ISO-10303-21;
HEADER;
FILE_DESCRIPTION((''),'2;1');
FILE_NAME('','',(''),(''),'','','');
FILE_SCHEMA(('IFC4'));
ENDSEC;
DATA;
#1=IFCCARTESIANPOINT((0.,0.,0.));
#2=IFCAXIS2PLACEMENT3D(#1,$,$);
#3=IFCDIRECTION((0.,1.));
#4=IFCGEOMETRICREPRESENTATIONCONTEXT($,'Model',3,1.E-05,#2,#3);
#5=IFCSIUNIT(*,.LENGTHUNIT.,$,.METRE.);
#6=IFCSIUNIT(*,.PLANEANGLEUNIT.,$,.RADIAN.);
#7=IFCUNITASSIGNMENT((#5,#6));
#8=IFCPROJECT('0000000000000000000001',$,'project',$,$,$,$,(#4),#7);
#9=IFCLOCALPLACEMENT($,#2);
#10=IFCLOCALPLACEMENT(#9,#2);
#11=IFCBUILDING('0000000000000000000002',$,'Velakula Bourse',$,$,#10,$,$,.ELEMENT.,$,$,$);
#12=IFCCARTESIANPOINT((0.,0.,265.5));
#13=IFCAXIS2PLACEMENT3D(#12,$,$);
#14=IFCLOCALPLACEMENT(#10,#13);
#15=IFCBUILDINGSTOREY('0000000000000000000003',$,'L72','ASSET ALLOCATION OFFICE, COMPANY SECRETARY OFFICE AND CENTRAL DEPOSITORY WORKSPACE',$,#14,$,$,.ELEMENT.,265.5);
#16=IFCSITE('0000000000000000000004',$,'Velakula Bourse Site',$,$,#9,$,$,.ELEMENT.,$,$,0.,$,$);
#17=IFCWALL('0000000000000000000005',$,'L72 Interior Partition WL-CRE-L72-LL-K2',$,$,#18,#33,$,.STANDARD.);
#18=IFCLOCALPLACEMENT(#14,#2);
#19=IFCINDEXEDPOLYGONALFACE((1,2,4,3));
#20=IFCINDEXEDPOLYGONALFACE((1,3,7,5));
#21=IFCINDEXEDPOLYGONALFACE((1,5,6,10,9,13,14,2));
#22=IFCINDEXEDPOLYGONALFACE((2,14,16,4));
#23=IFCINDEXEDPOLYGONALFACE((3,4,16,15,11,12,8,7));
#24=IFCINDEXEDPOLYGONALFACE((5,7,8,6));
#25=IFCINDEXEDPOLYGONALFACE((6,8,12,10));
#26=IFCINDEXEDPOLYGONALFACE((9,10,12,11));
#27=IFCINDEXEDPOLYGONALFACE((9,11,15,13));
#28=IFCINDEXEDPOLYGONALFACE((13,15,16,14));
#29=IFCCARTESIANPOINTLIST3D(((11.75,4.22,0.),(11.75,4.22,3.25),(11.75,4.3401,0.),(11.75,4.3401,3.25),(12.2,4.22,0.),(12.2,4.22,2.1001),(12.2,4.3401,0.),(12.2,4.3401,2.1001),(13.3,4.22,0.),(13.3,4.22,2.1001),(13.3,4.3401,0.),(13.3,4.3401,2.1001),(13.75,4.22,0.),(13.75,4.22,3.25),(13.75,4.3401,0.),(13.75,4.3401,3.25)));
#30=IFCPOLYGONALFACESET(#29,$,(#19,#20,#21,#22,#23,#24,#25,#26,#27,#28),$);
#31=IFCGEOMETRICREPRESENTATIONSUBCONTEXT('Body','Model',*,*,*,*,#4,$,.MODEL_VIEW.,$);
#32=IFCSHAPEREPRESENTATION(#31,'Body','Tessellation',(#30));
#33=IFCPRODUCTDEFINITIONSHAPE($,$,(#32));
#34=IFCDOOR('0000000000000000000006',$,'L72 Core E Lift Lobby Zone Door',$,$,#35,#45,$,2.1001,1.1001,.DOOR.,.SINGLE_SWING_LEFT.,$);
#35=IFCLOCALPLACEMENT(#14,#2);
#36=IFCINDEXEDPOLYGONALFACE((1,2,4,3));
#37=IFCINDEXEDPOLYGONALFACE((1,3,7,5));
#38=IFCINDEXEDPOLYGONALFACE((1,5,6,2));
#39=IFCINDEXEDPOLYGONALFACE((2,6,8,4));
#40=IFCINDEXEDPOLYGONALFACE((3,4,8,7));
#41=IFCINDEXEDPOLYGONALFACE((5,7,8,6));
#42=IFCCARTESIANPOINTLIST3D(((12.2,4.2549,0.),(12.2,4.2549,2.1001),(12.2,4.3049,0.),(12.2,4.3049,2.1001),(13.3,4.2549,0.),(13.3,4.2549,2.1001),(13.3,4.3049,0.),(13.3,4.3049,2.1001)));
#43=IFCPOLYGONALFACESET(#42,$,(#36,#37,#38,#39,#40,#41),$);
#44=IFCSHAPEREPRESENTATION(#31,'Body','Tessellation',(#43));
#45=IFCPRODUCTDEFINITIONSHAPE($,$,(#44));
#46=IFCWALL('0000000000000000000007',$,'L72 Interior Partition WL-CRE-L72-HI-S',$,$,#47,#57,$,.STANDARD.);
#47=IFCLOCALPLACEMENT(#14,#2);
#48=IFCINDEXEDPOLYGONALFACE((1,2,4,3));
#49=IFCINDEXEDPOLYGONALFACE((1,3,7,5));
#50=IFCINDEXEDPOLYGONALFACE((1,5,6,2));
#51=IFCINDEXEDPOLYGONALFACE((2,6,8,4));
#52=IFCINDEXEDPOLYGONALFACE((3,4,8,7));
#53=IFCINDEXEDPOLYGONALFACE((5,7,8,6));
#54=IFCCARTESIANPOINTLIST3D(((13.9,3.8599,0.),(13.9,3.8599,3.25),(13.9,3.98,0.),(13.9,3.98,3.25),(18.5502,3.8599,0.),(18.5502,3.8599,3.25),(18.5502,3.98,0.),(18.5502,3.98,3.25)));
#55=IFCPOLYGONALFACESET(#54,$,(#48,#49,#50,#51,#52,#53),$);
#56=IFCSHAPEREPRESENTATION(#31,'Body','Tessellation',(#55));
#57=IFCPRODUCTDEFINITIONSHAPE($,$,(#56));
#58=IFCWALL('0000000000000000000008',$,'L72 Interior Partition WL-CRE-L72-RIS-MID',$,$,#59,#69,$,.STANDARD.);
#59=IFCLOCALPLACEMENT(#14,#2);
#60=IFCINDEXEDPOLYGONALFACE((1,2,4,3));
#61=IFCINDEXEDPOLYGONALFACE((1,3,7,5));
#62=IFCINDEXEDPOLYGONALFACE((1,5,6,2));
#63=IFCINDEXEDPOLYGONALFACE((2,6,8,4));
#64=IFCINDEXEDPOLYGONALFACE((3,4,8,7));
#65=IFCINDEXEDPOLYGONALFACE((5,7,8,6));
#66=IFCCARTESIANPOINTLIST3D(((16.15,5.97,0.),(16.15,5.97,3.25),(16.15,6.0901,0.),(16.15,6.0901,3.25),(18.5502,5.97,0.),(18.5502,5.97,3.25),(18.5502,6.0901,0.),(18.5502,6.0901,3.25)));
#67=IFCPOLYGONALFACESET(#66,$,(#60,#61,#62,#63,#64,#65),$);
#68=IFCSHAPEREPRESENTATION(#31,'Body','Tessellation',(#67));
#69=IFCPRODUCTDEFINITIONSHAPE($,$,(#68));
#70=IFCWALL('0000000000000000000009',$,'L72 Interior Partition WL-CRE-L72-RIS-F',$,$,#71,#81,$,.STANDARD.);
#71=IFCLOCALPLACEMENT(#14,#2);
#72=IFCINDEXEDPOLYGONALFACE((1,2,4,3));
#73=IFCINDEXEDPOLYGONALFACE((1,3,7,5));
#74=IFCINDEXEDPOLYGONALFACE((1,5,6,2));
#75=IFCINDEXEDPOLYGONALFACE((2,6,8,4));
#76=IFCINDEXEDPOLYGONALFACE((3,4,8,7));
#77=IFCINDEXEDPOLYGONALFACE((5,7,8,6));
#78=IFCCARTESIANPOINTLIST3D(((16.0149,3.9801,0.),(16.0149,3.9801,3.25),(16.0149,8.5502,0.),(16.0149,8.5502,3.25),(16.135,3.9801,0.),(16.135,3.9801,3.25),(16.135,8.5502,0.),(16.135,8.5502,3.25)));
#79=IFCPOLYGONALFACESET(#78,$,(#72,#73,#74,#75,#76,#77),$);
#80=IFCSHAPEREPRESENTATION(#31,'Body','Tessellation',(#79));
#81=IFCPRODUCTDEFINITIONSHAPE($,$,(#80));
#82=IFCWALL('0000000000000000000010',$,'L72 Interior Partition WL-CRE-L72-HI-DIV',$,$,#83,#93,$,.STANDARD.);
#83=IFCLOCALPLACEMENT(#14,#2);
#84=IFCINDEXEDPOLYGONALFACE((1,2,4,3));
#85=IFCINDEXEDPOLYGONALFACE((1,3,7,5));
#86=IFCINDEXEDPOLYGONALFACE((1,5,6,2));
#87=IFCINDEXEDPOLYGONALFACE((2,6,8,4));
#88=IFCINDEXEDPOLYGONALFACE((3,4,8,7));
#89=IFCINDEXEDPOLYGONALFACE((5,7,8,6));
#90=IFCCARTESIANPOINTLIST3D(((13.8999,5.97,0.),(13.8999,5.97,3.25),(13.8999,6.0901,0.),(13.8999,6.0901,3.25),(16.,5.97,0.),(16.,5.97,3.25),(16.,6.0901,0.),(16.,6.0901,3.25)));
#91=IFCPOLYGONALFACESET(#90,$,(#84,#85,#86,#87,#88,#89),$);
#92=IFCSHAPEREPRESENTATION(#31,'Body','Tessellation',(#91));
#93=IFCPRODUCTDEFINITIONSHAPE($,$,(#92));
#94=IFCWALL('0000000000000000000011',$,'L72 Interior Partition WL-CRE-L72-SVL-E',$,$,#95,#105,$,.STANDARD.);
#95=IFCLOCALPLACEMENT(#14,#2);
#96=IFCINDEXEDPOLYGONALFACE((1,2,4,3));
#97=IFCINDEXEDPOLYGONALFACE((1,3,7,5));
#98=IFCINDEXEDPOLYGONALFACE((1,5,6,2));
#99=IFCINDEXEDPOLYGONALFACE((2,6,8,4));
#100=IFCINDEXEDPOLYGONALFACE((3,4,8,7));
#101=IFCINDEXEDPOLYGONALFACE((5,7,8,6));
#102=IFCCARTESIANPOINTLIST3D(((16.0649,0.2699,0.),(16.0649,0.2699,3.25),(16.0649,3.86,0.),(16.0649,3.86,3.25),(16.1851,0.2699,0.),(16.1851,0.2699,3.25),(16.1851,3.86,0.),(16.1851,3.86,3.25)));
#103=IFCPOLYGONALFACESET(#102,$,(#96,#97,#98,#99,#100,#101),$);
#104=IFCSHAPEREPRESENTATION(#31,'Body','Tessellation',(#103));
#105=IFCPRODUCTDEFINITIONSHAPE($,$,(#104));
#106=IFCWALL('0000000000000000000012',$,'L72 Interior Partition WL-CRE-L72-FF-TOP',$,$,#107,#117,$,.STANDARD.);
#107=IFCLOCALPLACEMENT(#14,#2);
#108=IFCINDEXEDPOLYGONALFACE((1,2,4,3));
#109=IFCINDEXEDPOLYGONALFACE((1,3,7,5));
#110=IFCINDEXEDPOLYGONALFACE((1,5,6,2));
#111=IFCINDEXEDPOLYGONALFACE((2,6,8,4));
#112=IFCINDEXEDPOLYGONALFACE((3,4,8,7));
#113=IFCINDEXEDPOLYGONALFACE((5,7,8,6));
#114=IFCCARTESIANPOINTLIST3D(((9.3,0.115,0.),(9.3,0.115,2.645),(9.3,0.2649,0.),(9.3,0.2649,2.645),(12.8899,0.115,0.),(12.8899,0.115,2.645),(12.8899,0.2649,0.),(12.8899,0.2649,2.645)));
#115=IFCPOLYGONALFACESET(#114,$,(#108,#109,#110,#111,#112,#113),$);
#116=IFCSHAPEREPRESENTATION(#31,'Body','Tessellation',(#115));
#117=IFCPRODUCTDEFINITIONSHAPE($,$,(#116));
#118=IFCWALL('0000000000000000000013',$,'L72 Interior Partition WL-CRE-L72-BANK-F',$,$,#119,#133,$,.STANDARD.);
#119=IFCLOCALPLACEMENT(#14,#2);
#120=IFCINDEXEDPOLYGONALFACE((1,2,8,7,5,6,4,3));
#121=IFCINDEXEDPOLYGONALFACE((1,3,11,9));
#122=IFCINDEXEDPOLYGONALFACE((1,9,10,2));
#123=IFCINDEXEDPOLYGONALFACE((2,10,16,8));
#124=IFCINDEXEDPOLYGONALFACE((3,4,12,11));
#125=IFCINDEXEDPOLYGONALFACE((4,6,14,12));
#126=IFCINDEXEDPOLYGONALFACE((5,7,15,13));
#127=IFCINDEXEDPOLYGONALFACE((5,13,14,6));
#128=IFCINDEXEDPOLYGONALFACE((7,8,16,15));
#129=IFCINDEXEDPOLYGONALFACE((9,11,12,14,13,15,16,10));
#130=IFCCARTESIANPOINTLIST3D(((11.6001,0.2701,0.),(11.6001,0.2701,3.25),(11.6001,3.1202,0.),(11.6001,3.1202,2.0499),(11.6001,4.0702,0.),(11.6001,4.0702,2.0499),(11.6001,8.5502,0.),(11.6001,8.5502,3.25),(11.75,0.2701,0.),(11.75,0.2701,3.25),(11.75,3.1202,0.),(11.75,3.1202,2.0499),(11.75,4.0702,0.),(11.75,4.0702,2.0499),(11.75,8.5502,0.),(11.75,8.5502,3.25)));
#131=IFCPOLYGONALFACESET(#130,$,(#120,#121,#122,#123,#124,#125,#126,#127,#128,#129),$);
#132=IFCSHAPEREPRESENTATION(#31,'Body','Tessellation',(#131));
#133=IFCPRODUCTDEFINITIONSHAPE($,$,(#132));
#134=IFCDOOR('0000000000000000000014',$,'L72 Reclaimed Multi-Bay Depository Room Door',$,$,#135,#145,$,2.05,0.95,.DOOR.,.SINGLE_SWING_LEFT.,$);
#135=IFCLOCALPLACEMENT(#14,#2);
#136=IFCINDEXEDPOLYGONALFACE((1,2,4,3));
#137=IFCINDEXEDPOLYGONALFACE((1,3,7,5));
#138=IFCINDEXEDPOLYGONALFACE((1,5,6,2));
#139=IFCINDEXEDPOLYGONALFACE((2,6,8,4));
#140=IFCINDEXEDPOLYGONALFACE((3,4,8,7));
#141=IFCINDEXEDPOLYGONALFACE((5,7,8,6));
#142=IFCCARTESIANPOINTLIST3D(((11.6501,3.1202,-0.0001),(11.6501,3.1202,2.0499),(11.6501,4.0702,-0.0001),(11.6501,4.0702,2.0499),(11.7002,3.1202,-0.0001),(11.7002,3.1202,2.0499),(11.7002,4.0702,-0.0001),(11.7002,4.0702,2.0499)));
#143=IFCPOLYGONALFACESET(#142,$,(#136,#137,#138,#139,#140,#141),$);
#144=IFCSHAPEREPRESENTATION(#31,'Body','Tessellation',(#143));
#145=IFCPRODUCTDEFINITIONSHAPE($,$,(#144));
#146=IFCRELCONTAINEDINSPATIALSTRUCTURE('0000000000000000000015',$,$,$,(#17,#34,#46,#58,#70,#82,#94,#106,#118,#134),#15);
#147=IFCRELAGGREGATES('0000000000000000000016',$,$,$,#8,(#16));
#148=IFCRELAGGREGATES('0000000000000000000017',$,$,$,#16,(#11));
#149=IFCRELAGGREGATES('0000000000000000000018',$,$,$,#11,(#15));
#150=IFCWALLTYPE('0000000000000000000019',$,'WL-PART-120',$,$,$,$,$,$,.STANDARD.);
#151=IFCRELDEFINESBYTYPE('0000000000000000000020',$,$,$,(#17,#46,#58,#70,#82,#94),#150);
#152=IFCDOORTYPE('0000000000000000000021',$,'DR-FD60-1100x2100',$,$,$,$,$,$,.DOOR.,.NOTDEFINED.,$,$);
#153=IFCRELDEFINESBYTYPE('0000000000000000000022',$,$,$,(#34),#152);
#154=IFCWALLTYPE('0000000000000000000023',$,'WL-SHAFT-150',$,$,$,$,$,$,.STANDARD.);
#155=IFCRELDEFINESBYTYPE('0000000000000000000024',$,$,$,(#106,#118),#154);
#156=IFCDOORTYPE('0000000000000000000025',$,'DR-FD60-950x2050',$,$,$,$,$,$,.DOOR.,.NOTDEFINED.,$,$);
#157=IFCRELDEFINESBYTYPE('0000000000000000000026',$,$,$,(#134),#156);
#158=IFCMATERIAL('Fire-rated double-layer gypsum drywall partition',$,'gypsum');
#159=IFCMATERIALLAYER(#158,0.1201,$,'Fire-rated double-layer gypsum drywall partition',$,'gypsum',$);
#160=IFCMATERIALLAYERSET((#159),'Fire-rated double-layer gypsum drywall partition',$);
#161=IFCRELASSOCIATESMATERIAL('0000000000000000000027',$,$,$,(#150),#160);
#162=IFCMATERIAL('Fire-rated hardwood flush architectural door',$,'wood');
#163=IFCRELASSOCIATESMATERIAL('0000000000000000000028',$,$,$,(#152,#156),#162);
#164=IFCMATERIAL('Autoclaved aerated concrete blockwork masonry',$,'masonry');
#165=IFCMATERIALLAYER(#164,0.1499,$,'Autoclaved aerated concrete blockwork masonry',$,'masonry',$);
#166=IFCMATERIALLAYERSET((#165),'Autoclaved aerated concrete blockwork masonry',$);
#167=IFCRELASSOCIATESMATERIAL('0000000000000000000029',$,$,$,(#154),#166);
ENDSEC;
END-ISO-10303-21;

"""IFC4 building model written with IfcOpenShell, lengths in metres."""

from ifc_helpers import new_model, si_unit, direction, frame, frame_2d, origin, place, context, subcontext, project, spatial, rectangle, extrude, material, layer, layer_set, type_object, element, fill, save


model = new_model("IFC4")

# Units and contexts
model_context = context("Model", 3, precision=1e-05, world=origin(), true_north=direction((0.0, 1.0)))
body_context = subcontext(model_context, "Body", "Model", "MODEL_VIEW")
ifc_project = project(units=[si_unit("LENGTHUNIT", "METRE"), si_unit("PLANEANGLEUNIT", "RADIAN")], contexts=[model_context])

# Site, building, storey
site_placement = place(None, origin())
site = spatial("IfcSite", under=ifc_project, at=site_placement, Name="Velakula Bourse Site", CompositionType="ELEMENT", RefElevation=0.0)
building_placement = place(site_placement, origin())
building = spatial("IfcBuilding", under=site, at=building_placement, Name="Velakula Bourse", CompositionType="ELEMENT")
storey_placement = place(building_placement, frame((0.0, 0.0, 265.5)))
storey = spatial("IfcBuildingStorey", under=building, at=storey_placement, Name="L72", Description="ASSET ALLOCATION OFFICE, COMPANY SECRETARY OFFICE AND CENTRAL DEPOSITORY WORKSPACE", CompositionType="ELEMENT", Elevation=265.5)

# Wall, opening, door
ifc_material_1 = material(Name="Fire-rated double-layer gypsum drywall partition", Category="gypsum")
ifc_layer_1 = layer(ifc_material_1, 0.1201, Name="Fire-rated double-layer gypsum drywall partition", Category="gypsum")
ifc_layer_set_1 = layer_set([ifc_layer_1], Name="Fire-rated double-layer gypsum drywall partition")
wall_type_1 = type_object("IfcWallType", Name="WL-PART-120", PredefinedType="STANDARD", material=ifc_layer_set_1)
wall_1_placement = place(storey_placement, frame((11.75, 4.28, 0.0), z_axis=(0.0, 0.0, 1.0), x_axis=(1.0, 0.0, 0.0)))
wall_1 = element("IfcWall", 1, at=wall_1_placement, inside=storey, type_object=wall_type_1, Name="L72 Interior Partition WL-CRE-L72-LL-K2", PredefinedType="STANDARD", context=body_context, shape_type="SweptSolid", body=[
    extrude(rectangle(XDim=2.0, YDim=0.1201, at=frame_2d((1.0, 0.0))), origin(), (0.0, 0.0, 1.0), 3.25),
])
opening_1_placement = place(wall_1_placement, frame((0.45, 0.0, 0.0)))
opening_1 = element("IfcOpeningElement", 2, at=opening_1_placement, cuts=wall_1, PredefinedType="OPENING", context=body_context, shape_type="SweptSolid", body=[
    extrude(rectangle(XDim=1.1001, YDim=2.1001, at=frame_2d((0.55, 1.05))), frame((0.0, 0.0701, 0.0), z_axis=(0.0, -1.0, 0.0), x_axis=(1.0, 0.0, 0.0)), (0.0, 0.0, 1.0), 0.1401),
])
ifc_material_2 = material(Name="Fire-rated hardwood flush architectural door", Category="wood")
door_type_1 = type_object("IfcDoorType", Name="DR-FD60-1100x2100", OperationType="NOTDEFINED", PredefinedType="DOOR", material=ifc_material_2)
door_1_placement = place(opening_1_placement, origin())
door_1 = element("IfcDoor", 3, at=door_1_placement, inside=storey, type_object=door_type_1, Name="L72 Core E Lift Lobby Zone Door", OperationType="SINGLE_SWING_LEFT", OverallHeight=2.1001, OverallWidth=1.1001, PredefinedType="DOOR", context=body_context, shape_type="SweptSolid", body=[
    extrude(rectangle(XDim=1.1001, YDim=2.1001, at=frame_2d((0.55, 1.05))), frame((0.0, 0.0249, 0.0), z_axis=(0.0, -1.0, 0.0), x_axis=(1.0, 0.0, 0.0)), (0.0, 0.0, 1.0), 0.05),
])
fill(opening_1, door_1)

# Walls
wall_2_placement = place(storey_placement, frame((13.8999, 3.9199, 0.0), z_axis=(0.0, 0.0, 1.0), x_axis=(1.0, 0.0, 0.0)))
element("IfcWall", 4, at=wall_2_placement, inside=storey, type_object=wall_type_1, Name="L72 Interior Partition WL-CRE-L72-HI-S", PredefinedType="STANDARD", context=body_context, shape_type="SweptSolid", body=[
    extrude(rectangle(XDim=4.6501, YDim=0.1201, at=frame_2d((2.3252, 0.0))), origin(), (0.0, 0.0, 1.0), 3.25),
])
wall_3_placement = place(storey_placement, frame((16.1499, 6.03, 0.0), z_axis=(0.0, 0.0, 1.0), x_axis=(1.0, 0.0, 0.0)))
element("IfcWall", 5, at=wall_3_placement, inside=storey, type_object=wall_type_1, Name="L72 Interior Partition WL-CRE-L72-RIS-MID", PredefinedType="STANDARD", context=body_context, shape_type="SweptSolid", body=[
    extrude(rectangle(XDim=2.4001, YDim=0.1201, at=frame_2d((1.2002, 0.0))), origin(), (0.0, 0.0, 1.0), 3.25),
])
wall_4_placement = place(storey_placement, frame((16.075, 3.98, 0.0), z_axis=(0.0, 0.0, 1.0), x_axis=(0.0, 1.0, 0.0)))
element("IfcWall", 6, at=wall_4_placement, inside=storey, type_object=wall_type_1, Name="L72 Interior Partition WL-CRE-L72-RIS-F", PredefinedType="STANDARD", context=body_context, shape_type="SweptSolid", body=[
    extrude(rectangle(XDim=4.5701, YDim=0.1201, at=frame_2d((2.2852, 0.0))), origin(), (0.0, 0.0, 1.0), 3.25),
])
wall_5_placement = place(storey_placement, frame((13.8999, 6.03, 0.0), z_axis=(0.0, 0.0, 1.0), x_axis=(1.0, 0.0, 0.0)))
element("IfcWall", 7, at=wall_5_placement, inside=storey, type_object=wall_type_1, Name="L72 Interior Partition WL-CRE-L72-HI-DIV", PredefinedType="STANDARD", context=body_context, shape_type="SweptSolid", body=[
    extrude(rectangle(XDim=2.1001, YDim=0.1201, at=frame_2d((1.05, 0.0))), origin(), (0.0, 0.0, 1.0), 3.25),
])
wall_6_placement = place(storey_placement, frame((16.125, 0.27, 0.0), z_axis=(0.0, 0.0, 1.0), x_axis=(0.0, 1.0, 0.0)))
element("IfcWall", 8, at=wall_6_placement, inside=storey, type_object=wall_type_1, Name="L72 Interior Partition WL-CRE-L72-SVL-E", PredefinedType="STANDARD", context=body_context, shape_type="SweptSolid", body=[
    extrude(rectangle(XDim=3.5901, YDim=0.1201, at=frame_2d((1.7949, 0.0))), origin(), (0.0, 0.0, 1.0), 3.25),
])
ifc_material_3 = material(Name="Autoclaved aerated concrete blockwork masonry", Category="masonry")
ifc_layer_2 = layer(ifc_material_3, 0.1499, Name="Autoclaved aerated concrete blockwork masonry", Category="masonry")
ifc_layer_set_2 = layer_set([ifc_layer_2], Name="Autoclaved aerated concrete blockwork masonry")
wall_type_2 = type_object("IfcWallType", Name="WL-SHAFT-150", PredefinedType="STANDARD", material=ifc_layer_set_2)
wall_7_placement = place(storey_placement, frame((9.3, 0.1899, 0.0), z_axis=(0.0, 0.0, 1.0), x_axis=(1.0, 0.0, 0.0)))
element("IfcWall", 9, at=wall_7_placement, inside=storey, type_object=wall_type_2, Name="L72 Interior Partition WL-CRE-L72-FF-TOP", PredefinedType="STANDARD", context=body_context, shape_type="SweptSolid", body=[
    extrude(rectangle(XDim=3.5898, YDim=0.1499, at=frame_2d((1.7949, 0.0))), origin(), (0.0, 0.0, 1.0), 2.645),
])

# Wall, opening, door
wall_8_placement = place(storey_placement, frame((11.675, 0.27, 0.0), z_axis=(0.0, 0.0, 1.0), x_axis=(0.0, 1.0, 0.0)))
wall_8 = element("IfcWall", 10, at=wall_8_placement, inside=storey, type_object=wall_type_2, Name="L72 Interior Partition WL-CRE-L72-BANK-F", PredefinedType="STANDARD", context=body_context, shape_type="SweptSolid", body=[
    extrude(rectangle(XDim=8.28, YDim=0.1499, at=frame_2d((4.1401, 0.0))), origin(), (0.0, 0.0, 1.0), 3.25),
])
opening_2_placement = place(wall_8_placement, frame((2.8501, 0.0, 0.0)))
opening_2 = element("IfcOpeningElement", 11, at=opening_2_placement, cuts=wall_8, PredefinedType="OPENING", context=body_context, shape_type="SweptSolid", body=[
    extrude(rectangle(XDim=0.95, YDim=2.05, at=frame_2d((0.4751, 1.0249))), frame((0.0, 0.085, 0.0), z_axis=(0.0, -1.0, 0.0), x_axis=(1.0, 0.0, 0.0)), (0.0, 0.0, 1.0), 0.1699),
])
door_type_2 = type_object("IfcDoorType", Name="DR-FD60-950x2050", OperationType="NOTDEFINED", PredefinedType="DOOR", material=ifc_material_2)
door_2_placement = place(opening_2_placement, origin())
door_2 = element("IfcDoor", 12, at=door_2_placement, inside=storey, type_object=door_type_2, Name="L72 Reclaimed Multi-Bay Depository Room Door", OperationType="SINGLE_SWING_LEFT", OverallHeight=2.05, OverallWidth=0.95, PredefinedType="DOOR", context=body_context, shape_type="SweptSolid", body=[
    extrude(rectangle(XDim=0.95, YDim=2.05, at=frame_2d((0.4751, 1.0249))), frame((0.0, 0.0249, 0.0), z_axis=(0.0, -1.0, 0.0), x_axis=(1.0, 0.0, 0.0)), (0.0, 0.0, 1.0), 0.05),
])
fill(opening_2, door_2)

save(model, "model.ifc")
